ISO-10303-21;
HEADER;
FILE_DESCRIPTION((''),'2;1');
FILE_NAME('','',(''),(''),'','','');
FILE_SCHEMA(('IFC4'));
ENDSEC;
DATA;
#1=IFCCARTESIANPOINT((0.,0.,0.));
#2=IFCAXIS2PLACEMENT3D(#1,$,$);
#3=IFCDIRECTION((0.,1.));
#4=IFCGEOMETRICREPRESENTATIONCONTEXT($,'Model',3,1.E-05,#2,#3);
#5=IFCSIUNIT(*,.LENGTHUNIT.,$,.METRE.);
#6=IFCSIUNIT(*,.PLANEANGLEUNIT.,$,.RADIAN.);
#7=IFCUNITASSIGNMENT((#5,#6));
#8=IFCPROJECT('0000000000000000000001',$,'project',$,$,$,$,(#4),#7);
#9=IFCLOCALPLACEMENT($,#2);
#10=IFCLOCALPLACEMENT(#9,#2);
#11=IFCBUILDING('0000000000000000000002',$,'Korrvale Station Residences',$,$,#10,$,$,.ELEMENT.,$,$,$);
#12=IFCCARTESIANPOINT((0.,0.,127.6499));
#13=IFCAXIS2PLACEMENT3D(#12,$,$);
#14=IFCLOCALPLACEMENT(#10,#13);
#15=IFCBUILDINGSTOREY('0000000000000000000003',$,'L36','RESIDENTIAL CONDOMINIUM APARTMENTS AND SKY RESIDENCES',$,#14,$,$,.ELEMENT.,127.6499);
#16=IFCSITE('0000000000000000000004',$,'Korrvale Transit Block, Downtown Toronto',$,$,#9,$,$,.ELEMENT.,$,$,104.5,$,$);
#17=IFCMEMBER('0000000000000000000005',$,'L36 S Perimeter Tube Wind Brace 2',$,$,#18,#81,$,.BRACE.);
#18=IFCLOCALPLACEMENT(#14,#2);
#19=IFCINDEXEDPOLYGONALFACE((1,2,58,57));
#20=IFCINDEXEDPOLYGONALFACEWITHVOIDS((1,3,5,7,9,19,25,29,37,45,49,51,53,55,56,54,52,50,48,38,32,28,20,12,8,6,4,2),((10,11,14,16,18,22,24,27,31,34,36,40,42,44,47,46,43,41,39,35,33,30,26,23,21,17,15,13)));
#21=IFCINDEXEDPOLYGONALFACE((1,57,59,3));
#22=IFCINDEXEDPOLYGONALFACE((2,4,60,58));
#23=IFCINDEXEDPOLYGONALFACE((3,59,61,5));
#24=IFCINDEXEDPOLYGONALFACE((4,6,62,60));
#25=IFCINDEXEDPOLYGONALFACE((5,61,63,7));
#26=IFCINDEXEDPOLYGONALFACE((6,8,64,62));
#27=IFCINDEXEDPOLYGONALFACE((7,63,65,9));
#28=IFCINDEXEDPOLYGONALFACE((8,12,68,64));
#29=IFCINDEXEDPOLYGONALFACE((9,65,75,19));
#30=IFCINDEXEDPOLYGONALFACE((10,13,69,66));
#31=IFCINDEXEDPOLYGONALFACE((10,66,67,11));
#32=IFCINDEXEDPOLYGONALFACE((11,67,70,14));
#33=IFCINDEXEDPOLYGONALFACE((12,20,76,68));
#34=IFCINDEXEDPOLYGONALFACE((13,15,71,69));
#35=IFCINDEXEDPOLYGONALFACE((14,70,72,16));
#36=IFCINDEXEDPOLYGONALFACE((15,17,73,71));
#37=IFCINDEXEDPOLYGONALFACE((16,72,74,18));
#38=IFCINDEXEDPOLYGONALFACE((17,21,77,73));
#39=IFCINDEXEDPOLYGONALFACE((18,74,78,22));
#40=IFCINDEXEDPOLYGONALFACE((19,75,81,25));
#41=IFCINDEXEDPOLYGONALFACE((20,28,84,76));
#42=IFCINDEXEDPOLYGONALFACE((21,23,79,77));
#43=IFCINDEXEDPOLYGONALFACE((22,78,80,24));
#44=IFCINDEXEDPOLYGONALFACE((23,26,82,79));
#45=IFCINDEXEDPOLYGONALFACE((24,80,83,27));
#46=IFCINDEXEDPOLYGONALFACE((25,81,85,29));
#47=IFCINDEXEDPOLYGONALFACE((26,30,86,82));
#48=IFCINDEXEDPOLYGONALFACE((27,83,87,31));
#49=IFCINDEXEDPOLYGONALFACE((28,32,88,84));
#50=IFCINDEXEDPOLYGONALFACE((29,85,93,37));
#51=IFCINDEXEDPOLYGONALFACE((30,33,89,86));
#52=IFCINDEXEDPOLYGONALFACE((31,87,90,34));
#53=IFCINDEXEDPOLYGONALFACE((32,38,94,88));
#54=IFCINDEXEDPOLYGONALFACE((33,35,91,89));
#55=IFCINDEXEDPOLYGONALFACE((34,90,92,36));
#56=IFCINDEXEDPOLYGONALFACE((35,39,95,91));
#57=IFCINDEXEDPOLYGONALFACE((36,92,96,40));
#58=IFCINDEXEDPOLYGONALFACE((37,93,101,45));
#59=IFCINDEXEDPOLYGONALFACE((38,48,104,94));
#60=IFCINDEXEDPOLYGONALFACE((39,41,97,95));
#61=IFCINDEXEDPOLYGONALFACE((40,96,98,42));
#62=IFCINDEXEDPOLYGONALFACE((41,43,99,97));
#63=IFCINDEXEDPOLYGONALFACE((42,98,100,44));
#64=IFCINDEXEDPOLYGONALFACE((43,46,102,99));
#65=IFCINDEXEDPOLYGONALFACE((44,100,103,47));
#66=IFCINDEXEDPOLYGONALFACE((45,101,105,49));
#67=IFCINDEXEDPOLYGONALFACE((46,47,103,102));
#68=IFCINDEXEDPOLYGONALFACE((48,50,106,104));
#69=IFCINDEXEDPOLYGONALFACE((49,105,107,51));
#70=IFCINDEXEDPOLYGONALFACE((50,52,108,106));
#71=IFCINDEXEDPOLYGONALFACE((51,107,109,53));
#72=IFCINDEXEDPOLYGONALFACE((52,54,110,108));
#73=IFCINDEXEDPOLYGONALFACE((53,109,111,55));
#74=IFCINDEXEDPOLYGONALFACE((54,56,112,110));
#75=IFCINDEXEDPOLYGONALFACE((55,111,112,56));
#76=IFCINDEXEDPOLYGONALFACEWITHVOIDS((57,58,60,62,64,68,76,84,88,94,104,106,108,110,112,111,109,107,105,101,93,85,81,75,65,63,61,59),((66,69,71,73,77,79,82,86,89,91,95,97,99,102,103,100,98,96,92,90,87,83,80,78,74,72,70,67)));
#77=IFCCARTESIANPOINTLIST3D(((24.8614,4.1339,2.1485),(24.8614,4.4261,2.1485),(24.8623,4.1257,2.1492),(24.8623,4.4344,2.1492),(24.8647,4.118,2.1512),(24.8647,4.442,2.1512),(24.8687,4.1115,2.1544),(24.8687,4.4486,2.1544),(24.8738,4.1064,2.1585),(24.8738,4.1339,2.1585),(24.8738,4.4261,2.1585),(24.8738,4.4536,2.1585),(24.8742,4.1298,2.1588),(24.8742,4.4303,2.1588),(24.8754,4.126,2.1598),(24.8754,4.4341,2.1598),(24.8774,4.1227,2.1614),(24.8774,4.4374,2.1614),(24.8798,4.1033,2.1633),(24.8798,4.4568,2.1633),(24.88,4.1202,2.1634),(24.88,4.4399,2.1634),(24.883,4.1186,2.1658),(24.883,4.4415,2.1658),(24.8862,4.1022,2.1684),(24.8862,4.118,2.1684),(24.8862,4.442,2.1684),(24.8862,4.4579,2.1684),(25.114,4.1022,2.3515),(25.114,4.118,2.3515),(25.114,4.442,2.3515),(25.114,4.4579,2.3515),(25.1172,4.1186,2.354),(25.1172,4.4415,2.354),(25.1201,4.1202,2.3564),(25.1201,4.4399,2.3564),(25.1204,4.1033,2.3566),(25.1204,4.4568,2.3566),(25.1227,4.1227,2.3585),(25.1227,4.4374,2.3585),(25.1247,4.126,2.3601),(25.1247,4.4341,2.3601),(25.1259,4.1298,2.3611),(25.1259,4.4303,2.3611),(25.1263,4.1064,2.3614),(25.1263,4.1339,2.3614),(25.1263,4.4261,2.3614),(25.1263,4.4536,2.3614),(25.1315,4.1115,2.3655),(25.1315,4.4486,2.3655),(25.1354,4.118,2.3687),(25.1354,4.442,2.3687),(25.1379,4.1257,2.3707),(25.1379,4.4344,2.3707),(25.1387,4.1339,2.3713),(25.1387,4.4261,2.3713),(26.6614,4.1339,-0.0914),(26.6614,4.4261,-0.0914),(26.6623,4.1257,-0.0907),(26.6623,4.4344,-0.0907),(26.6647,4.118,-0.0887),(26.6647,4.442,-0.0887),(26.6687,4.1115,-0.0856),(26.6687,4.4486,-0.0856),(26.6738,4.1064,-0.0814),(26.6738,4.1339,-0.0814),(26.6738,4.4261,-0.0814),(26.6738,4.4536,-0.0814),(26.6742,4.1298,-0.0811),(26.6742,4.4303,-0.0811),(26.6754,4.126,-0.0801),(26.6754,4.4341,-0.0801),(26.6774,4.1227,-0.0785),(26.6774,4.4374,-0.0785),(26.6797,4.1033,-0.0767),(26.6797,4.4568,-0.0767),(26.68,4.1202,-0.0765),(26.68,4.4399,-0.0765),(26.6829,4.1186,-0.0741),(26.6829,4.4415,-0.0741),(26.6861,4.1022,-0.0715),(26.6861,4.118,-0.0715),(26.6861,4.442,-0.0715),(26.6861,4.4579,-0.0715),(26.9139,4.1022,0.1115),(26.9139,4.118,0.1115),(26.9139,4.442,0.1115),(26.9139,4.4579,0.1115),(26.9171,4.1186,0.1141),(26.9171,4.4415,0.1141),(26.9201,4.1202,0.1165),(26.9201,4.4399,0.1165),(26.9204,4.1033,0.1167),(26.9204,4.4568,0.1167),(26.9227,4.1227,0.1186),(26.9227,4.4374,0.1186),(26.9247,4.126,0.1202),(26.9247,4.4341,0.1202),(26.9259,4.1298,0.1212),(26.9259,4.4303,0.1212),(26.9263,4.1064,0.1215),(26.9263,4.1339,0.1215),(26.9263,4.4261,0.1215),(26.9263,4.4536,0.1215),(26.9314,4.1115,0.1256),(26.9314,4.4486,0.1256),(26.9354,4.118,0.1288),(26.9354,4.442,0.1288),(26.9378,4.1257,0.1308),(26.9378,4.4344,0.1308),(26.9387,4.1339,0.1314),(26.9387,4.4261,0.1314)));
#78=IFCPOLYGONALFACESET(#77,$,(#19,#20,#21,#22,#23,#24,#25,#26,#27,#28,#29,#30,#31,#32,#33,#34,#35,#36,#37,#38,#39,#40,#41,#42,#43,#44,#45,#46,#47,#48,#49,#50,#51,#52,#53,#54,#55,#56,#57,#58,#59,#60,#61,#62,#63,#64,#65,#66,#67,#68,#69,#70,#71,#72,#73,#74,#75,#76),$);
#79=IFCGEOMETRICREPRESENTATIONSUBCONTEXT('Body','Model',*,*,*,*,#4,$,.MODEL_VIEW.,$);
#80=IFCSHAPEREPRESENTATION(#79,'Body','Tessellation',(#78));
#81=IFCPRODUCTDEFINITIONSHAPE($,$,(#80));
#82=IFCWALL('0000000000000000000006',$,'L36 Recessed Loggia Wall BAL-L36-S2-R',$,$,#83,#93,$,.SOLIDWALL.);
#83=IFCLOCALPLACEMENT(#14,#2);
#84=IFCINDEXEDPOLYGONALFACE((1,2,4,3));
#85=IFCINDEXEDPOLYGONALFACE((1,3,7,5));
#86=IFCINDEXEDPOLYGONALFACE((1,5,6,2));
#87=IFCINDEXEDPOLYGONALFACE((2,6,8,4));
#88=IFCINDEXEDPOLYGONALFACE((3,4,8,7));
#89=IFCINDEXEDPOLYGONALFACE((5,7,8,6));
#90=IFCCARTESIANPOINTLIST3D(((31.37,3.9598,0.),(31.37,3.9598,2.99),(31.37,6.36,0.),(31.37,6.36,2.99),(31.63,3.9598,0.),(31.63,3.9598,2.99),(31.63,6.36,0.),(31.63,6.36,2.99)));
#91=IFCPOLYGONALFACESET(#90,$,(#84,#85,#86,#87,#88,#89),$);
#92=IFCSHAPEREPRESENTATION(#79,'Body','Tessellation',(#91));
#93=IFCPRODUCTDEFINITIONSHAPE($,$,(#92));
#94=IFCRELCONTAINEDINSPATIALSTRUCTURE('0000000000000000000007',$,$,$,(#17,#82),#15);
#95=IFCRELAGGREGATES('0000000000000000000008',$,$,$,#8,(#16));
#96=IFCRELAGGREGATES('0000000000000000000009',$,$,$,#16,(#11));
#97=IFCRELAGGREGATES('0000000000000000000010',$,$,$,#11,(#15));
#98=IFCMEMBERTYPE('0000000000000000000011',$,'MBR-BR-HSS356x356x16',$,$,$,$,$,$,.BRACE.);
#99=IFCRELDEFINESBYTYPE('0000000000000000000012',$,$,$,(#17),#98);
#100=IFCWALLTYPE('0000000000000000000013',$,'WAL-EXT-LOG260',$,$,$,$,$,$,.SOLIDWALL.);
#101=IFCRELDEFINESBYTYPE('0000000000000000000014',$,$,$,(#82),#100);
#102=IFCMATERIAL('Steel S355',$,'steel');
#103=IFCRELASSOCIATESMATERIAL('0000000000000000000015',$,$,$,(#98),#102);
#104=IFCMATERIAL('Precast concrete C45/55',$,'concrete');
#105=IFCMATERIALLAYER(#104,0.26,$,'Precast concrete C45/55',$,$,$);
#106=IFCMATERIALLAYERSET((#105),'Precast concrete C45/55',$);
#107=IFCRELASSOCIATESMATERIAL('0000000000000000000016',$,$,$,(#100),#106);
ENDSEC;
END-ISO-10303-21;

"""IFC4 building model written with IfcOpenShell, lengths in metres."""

from ifc_helpers import new_model, si_unit, direction, frame, frame_2d, origin, origin_2d, place, context, subcontext, project, spatial, rectangle, hollow_rectangle, extrude, material, layer, layer_set, material_profile, profile_set, type_object, element, save


model = new_model("IFC4")

# Units and contexts
model_context = context("Model", 3, precision=1e-05, world=origin(), true_north=direction((0.0, 1.0)))
body_context = subcontext(model_context, "Body", "Model", "MODEL_VIEW")
ifc_project = project(units=[si_unit("LENGTHUNIT", "METRE"), si_unit("PLANEANGLEUNIT", "RADIAN")], contexts=[model_context])

# Site, building, storey
site_placement = place(None, origin())
site = spatial("IfcSite", under=ifc_project, at=site_placement, Name="Korrvale Transit Block, Downtown Toronto", CompositionType="ELEMENT", RefElevation=104.5)
building_placement = place(site_placement, origin())
building = spatial("IfcBuilding", under=site, at=building_placement, Name="Korrvale Station Residences", CompositionType="ELEMENT")
storey_placement = place(building_placement, frame((0.0, 0.0, 127.6499)))
storey = spatial("IfcBuildingStorey", under=building, at=storey_placement, Name="L36", Description="RESIDENTIAL CONDOMINIUM APARTMENTS AND SKY RESIDENCES", CompositionType="ELEMENT", Elevation=127.6499)

# Member
ifc_material_1 = material(Name="Steel S355", Category="steel")
ifc_material_profile = material_profile(ifc_material_1, hollow_rectangle(XDim=0.3557, YDim=0.3557, WallThickness=0.0159, InnerFilletRadius=0.0159, OuterFilletRadius=0.0317, at=origin_2d()), Name="HSS356x356x16")
ifc_profile_set = profile_set([ifc_material_profile], Name="Steel S355")
member_type = type_object("IfcMemberType", Name="MBR-BR-HSS356x356x16", PredefinedType="BRACE", material=ifc_profile_set)
member_placement = place(storey_placement, frame((26.8, 4.28, 0.02), z_axis=(-0.626403, 0.0, 0.779499), x_axis=(0.0, -1.0, 0.0)))
element("IfcMember", 1, at=member_placement, inside=storey, type_object=member_type, Name="L36 S Perimeter Tube Wind Brace 2", PredefinedType="BRACE", context=body_context, shape_type="SweptSolid", body=[
    extrude(hollow_rectangle(XDim=0.3557, YDim=0.3557, WallThickness=0.0159, InnerFilletRadius=0.0159, OuterFilletRadius=0.0317, at=origin_2d()), origin(), (0.0, 0.0, 1.0), 2.8735),
])

# Wall
ifc_material_2 = material(Name="Precast concrete C45/55", Category="concrete")
ifc_layer_1 = layer(ifc_material_2, 0.26, Name="Precast concrete C45/55")
ifc_layer_set_1 = layer_set([ifc_layer_1], Name="Precast concrete C45/55")
wall_type_1 = type_object("IfcWallType", Name="WAL-EXT-LOG260", PredefinedType="SOLIDWALL", material=ifc_layer_set_1)
wall_1_placement = place(storey_placement, frame((31.5, 6.3601, 0.0), z_axis=(0.0, 0.0, 1.0), x_axis=(0.0, -1.0, 0.0)))
element("IfcWall", 2, at=wall_1_placement, inside=storey, type_object=wall_type_1, Name="L36 Recessed Loggia Wall BAL-L36-S2-R", PredefinedType="SOLIDWALL", context=body_context, shape_type="SweptSolid", body=[
    extrude(rectangle(XDim=2.4001, YDim=0.26, at=frame_2d((1.2002, 0.0))), origin(), (0.0, 0.0, 1.0), 2.99),
])

save(model, "model.ifc")
